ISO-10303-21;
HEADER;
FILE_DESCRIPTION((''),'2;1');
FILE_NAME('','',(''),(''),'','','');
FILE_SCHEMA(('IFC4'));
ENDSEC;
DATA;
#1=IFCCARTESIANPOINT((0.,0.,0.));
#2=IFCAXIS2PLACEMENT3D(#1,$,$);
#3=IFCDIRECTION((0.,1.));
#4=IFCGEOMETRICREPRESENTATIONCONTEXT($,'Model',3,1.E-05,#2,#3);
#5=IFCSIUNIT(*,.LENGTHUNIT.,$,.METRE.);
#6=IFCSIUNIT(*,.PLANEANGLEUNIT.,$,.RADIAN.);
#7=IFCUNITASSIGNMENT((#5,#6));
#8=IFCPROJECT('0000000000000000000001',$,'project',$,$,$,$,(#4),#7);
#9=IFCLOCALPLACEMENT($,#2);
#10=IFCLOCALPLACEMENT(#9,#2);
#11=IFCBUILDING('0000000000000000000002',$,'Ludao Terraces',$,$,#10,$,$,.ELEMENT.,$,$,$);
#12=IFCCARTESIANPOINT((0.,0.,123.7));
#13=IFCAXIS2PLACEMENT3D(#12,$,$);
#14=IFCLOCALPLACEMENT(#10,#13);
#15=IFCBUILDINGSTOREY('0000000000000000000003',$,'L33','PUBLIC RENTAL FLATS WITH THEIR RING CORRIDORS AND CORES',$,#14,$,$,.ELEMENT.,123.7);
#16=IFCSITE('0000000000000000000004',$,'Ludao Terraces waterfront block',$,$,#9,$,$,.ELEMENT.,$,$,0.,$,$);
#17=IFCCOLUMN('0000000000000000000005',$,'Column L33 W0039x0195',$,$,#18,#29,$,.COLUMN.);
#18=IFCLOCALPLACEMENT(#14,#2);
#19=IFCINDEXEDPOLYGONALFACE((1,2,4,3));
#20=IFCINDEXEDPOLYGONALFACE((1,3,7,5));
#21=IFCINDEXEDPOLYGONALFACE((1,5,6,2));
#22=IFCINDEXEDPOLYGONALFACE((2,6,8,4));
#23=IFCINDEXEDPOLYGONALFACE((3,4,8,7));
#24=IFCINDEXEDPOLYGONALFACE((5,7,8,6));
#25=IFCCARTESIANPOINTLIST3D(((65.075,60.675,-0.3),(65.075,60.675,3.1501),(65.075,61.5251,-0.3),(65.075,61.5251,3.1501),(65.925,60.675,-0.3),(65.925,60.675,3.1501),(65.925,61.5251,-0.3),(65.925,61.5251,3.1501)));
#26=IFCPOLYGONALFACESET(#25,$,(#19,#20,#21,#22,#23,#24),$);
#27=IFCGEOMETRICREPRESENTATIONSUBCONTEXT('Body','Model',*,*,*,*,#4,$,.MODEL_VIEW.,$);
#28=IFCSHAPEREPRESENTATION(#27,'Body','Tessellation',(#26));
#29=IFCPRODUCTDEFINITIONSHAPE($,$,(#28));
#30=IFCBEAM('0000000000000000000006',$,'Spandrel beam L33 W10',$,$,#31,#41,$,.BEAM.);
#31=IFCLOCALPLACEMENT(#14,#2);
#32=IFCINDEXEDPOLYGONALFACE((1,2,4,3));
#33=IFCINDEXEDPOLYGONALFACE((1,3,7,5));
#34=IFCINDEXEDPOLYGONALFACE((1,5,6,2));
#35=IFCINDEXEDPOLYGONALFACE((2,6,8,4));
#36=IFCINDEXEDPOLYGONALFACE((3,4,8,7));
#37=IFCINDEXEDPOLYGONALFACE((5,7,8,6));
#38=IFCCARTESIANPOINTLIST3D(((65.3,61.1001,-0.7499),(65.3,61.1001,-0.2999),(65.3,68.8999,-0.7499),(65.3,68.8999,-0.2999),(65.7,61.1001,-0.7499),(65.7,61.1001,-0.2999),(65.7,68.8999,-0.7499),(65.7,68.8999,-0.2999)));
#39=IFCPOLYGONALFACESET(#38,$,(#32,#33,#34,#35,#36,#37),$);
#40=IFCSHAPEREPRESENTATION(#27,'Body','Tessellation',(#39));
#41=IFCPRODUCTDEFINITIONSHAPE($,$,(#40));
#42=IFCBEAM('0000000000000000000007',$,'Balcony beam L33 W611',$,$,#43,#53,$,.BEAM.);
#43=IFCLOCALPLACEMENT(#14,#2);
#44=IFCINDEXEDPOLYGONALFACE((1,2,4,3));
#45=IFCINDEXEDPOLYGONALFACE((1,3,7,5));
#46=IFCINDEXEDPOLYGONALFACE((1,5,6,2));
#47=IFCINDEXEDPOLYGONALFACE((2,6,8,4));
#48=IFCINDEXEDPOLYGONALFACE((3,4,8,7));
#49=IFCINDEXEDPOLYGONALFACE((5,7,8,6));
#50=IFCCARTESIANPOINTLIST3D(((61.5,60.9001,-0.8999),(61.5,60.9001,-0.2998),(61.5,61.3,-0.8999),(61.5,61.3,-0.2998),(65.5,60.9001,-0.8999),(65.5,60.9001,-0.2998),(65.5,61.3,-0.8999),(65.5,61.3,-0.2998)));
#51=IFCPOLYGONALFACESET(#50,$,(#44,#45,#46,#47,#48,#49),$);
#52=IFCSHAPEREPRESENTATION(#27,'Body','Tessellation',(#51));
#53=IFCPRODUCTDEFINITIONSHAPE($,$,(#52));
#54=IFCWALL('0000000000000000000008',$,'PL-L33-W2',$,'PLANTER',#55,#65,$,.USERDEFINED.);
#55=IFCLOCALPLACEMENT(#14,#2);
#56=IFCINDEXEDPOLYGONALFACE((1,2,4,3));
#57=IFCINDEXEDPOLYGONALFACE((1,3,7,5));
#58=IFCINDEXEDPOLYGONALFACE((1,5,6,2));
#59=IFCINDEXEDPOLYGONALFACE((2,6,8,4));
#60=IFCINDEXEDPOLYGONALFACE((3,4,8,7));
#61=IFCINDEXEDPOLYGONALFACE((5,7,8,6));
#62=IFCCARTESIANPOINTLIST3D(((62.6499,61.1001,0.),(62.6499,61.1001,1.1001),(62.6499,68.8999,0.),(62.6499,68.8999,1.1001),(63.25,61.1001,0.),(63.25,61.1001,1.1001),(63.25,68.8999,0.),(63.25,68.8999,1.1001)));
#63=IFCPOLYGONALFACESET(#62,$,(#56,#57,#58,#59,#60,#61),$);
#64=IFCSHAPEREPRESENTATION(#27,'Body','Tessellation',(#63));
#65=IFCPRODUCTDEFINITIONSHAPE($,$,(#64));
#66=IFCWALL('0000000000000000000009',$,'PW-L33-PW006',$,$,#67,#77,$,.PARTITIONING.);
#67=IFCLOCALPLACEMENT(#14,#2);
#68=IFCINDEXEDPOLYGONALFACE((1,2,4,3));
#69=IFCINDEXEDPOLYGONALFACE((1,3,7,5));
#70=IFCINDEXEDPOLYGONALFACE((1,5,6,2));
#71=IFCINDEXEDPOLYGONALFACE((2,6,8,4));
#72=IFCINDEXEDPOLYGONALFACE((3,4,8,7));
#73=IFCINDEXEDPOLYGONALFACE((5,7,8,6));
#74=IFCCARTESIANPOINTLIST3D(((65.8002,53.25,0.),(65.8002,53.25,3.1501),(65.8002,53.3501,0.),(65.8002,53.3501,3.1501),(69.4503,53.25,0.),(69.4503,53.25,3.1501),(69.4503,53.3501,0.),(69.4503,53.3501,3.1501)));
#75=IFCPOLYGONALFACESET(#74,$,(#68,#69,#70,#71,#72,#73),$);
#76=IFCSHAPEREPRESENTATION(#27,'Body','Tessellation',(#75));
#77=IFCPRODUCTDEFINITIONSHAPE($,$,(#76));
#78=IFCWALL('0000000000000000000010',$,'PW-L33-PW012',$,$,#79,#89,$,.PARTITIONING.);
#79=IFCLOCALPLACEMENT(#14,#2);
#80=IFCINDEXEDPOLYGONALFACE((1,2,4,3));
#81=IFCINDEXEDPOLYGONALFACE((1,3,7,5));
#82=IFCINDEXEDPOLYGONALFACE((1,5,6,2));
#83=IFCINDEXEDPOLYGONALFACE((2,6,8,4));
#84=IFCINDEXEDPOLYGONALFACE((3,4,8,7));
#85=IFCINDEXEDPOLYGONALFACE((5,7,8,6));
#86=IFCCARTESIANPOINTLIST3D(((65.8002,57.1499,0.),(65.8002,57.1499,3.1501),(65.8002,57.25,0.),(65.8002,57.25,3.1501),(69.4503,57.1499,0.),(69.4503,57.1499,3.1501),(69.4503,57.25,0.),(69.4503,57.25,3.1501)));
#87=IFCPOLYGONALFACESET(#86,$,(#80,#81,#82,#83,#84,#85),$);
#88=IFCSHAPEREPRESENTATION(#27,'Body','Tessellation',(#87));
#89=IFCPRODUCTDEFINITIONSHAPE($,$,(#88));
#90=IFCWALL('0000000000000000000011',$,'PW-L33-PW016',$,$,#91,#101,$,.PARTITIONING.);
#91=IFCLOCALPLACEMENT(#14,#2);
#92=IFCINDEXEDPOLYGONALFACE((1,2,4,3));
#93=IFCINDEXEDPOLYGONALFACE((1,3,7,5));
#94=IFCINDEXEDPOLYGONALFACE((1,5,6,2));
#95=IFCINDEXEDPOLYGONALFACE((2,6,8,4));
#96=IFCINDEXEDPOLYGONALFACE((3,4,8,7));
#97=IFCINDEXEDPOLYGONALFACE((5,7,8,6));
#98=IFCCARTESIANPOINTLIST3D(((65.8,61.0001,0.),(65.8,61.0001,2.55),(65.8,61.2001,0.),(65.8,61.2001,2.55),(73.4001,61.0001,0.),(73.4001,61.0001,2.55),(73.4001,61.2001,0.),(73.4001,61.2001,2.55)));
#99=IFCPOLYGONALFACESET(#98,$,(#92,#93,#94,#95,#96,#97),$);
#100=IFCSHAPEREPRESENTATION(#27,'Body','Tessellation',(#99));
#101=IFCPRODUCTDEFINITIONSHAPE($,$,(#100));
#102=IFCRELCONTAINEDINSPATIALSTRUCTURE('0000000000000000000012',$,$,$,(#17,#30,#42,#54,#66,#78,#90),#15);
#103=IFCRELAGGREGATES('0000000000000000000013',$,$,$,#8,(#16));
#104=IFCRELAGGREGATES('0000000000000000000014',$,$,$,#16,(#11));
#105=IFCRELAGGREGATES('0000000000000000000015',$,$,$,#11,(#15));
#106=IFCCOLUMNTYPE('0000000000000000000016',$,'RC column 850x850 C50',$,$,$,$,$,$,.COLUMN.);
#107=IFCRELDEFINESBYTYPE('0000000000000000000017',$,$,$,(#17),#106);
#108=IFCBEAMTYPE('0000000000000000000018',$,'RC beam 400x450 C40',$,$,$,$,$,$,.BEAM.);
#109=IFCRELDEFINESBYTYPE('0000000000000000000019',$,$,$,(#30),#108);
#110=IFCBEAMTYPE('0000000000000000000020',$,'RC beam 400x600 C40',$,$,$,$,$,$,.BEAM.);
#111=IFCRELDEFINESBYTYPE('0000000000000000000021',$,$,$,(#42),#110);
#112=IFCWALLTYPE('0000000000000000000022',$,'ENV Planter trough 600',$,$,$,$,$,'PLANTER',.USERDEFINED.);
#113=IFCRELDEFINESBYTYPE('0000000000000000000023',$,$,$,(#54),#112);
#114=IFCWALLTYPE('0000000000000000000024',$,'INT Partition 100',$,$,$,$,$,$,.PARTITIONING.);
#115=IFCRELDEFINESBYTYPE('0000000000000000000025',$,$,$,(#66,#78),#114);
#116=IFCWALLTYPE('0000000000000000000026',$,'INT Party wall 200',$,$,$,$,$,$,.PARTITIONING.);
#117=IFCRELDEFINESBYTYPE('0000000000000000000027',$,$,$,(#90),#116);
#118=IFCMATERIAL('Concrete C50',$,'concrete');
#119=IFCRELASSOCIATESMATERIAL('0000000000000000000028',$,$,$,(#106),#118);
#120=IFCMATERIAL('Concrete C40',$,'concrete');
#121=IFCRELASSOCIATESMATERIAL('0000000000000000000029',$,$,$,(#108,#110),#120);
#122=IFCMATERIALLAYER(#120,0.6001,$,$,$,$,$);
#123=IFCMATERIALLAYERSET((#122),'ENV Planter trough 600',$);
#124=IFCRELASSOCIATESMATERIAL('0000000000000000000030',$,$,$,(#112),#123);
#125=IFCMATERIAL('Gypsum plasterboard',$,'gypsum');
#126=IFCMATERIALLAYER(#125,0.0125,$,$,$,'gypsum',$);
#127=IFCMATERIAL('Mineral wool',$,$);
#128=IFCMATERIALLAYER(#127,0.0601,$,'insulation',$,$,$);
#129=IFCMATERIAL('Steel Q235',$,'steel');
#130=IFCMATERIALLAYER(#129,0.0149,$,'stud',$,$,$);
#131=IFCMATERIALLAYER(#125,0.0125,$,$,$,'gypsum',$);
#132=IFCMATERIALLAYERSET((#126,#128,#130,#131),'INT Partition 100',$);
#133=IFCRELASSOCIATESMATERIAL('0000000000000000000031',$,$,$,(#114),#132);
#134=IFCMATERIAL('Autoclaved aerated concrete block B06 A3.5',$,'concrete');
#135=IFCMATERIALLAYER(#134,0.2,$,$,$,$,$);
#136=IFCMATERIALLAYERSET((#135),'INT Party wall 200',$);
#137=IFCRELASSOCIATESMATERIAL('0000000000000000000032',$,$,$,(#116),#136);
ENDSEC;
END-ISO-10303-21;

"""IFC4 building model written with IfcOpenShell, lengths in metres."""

from ifc_helpers import new_model, si_unit, direction, frame, frame_2d, origin, origin_2d, place, context, subcontext, project, spatial, rectangle, extrude, material, layer, layer_set, material_profile, profile_set, type_object, element, save


model = new_model("IFC4")

# Units and contexts
model_context = context("Model", 3, precision=1e-05, world=origin(), true_north=direction((0.0, 1.0)))
body_context = subcontext(model_context, "Body", "Model", "MODEL_VIEW")
ifc_project = project(units=[si_unit("LENGTHUNIT", "METRE"), si_unit("PLANEANGLEUNIT", "RADIAN")], contexts=[model_context])

# Site, building, storey
site_placement = place(None, origin())
site = spatial("IfcSite", under=ifc_project, at=site_placement, Name="Ludao Terraces waterfront block", CompositionType="ELEMENT", RefElevation=0.0)
building_placement = place(site_placement, origin())
building = spatial("IfcBuilding", under=site, at=building_placement, Name="Ludao Terraces", CompositionType="ELEMENT")
storey_placement = place(building_placement, frame((0.0, 0.0, 123.7)))
storey = spatial("IfcBuildingStorey", under=building, at=storey_placement, Name="L33", Description="PUBLIC RENTAL FLATS WITH THEIR RING CORRIDORS AND CORES", CompositionType="ELEMENT", Elevation=123.7)

# Column
ifc_material_1 = material(Name="Concrete C50", Category="concrete")
ifc_material_profile_1 = material_profile(ifc_material_1, rectangle(XDim=0.8501, YDim=0.8501, at=origin_2d()), Name="850 X 850")
ifc_profile_set_1 = profile_set([ifc_material_profile_1], Name="Concrete C50")
column_type = type_object("IfcColumnType", Name="RC column 850x850 C50", PredefinedType="COLUMN", material=ifc_profile_set_1)
column_placement = place(storey_placement, frame((65.5, 61.1001, -0.3), z_axis=(0.0, 0.0, 1.0), x_axis=(1.0, 0.0, 0.0)))
element("IfcColumn", 1, at=column_placement, inside=storey, type_object=column_type, Name="Column L33 W0039x0195", PredefinedType="COLUMN", context=body_context, shape_type="SweptSolid", body=[
    extrude(rectangle(XDim=0.8501, YDim=0.8501, at=origin_2d()), origin(), (0.0, 0.0, 1.0), 3.4502),
])

# Beams
ifc_material_2 = material(Name="Concrete C40", Category="concrete")
ifc_material_profile_2 = material_profile(ifc_material_2, rectangle(XDim=0.3999, YDim=0.45, at=origin_2d()), Name="400 X 450")
ifc_profile_set_2 = profile_set([ifc_material_profile_2], Name="Concrete C40")
beam_type_1 = type_object("IfcBeamType", Name="RC beam 400x450 C40", PredefinedType="BEAM", material=ifc_profile_set_2)
beam_1_placement = place(storey_placement, frame((65.5, 61.1001, -0.5249), z_axis=(0.0, 1.0, 0.0), x_axis=(-1.0, 0.0, 0.0)))
element("IfcBeam", 2, at=beam_1_placement, inside=storey, type_object=beam_type_1, Name="Spandrel beam L33 W10", PredefinedType="BEAM", context=body_context, shape_type="SweptSolid", body=[
    extrude(rectangle(XDim=0.3999, YDim=0.45, at=origin_2d()), origin(), (0.0, 0.0, 1.0), 7.7998),
])
ifc_material_profile_3 = material_profile(ifc_material_2, rectangle(XDim=0.3999, YDim=0.6001, at=origin_2d()), Name="400 X 600")
ifc_profile_set_3 = profile_set([ifc_material_profile_3], Name="Concrete C40")
beam_type_2 = type_object("IfcBeamType", Name="RC beam 400x600 C40", PredefinedType="BEAM", material=ifc_profile_set_3)
beam_2_placement = place(storey_placement, frame((65.5, 61.1001, -0.5999), z_axis=(-1.0, 0.0, 0.0), x_axis=(0.0, -1.0, 0.0)))
element("IfcBeam", 3, at=beam_2_placement, inside=storey, type_object=beam_type_2, Name="Balcony beam L33 W611", PredefinedType="BEAM", context=body_context, shape_type="SweptSolid", body=[
    extrude(rectangle(XDim=0.3999, YDim=0.6001, at=origin_2d()), origin(), (0.0, 0.0, 1.0), 4.0),
])

# Wall
ifc_layer_1 = layer(ifc_material_2, 0.6001)
ifc_layer_set_1 = layer_set([ifc_layer_1], Name="ENV Planter trough 600")
wall_type_1 = type_object("IfcWallType", Name="ENV Planter trough 600", ElementType="PLANTER", PredefinedType="USERDEFINED", material=ifc_layer_set_1)
wall_1_placement = place(storey_placement, frame((62.95, 61.1001, 0.0), z_axis=(0.0, 0.0, 1.0), x_axis=(0.0, 1.0, 0.0)))
element("IfcWall", 4, at=wall_1_placement, inside=storey, type_object=wall_type_1, Name="PL-L33-W2", ObjectType="PLANTER", PredefinedType="USERDEFINED", context=body_context, shape_type="SweptSolid", body=[
    extrude(rectangle(XDim=7.7998, YDim=0.6001, at=frame_2d((3.8999, 0.0))), origin(), (0.0, 0.0, 1.0), 1.1001),
])

# Shared definitions
ifc_material_3 = material(Name="Mineral wool")

# Walls
ifc_material_4 = material(Name="Gypsum plasterboard", Category="gypsum")
ifc_layer_2 = layer(ifc_material_4, 0.0125, Category="gypsum")
ifc_layer_3 = layer(ifc_material_3, 0.0601, Name="insulation")
ifc_material_5 = material(Name="Steel Q235", Category="steel")
ifc_layer_4 = layer(ifc_material_5, 0.0149, Name="stud")
ifc_layer_5 = layer(ifc_material_4, 0.0125, Category="gypsum")
ifc_layer_set_2 = layer_set([ifc_layer_2, ifc_layer_3, ifc_layer_4, ifc_layer_5], Name="INT Partition 100")
wall_type_2 = type_object("IfcWallType", Name="INT Partition 100", PredefinedType="PARTITIONING", material=ifc_layer_set_2)
for number, where, z_axis, x_axis, name in (
    (5, (65.8, 53.3, 0.0), (0.0, 0.0, 1.0), (1.0, 0.0, 0.0), "PW-L33-PW006"),
    (6, (65.8, 57.2, 0.0), (0.0, 0.0, 1.0), (1.0, 0.0, 0.0), "PW-L33-PW012"),
):
    element("IfcWall", number, at=place(storey_placement, frame(where, z_axis=z_axis, x_axis=x_axis)), inside=storey, type_object=wall_type_2, Name=name, PredefinedType="PARTITIONING", context=body_context, shape_type="SweptSolid", body=[
        extrude(rectangle(XDim=3.6501, YDim=0.1001, at=frame_2d((1.8252, 0.0))), origin(), (0.0, 0.0, 1.0), 3.1501),
    ])
ifc_material_6 = material(Name="Autoclaved aerated concrete block B06 A3.5", Category="concrete")
ifc_layer_6 = layer(ifc_material_6, 0.2)
ifc_layer_set_3 = layer_set([ifc_layer_6], Name="INT Party wall 200")
wall_type_3 = type_object("IfcWallType", Name="INT Party wall 200", PredefinedType="PARTITIONING", material=ifc_layer_set_3)
wall_2_placement = place(storey_placement, frame((65.8, 61.1001, 0.0), z_axis=(0.0, 0.0, 1.0), x_axis=(1.0, 0.0, 0.0)))
element("IfcWall", 7, at=wall_2_placement, inside=storey, type_object=wall_type_3, Name="PW-L33-PW016", PredefinedType="PARTITIONING", context=body_context, shape_type="SweptSolid", body=[
    extrude(rectangle(XDim=7.6001, YDim=0.2, at=frame_2d((3.8, 0.0))), origin(), (0.0, 0.0, 1.0), 2.55),
])

save(model, "model.ifc")
